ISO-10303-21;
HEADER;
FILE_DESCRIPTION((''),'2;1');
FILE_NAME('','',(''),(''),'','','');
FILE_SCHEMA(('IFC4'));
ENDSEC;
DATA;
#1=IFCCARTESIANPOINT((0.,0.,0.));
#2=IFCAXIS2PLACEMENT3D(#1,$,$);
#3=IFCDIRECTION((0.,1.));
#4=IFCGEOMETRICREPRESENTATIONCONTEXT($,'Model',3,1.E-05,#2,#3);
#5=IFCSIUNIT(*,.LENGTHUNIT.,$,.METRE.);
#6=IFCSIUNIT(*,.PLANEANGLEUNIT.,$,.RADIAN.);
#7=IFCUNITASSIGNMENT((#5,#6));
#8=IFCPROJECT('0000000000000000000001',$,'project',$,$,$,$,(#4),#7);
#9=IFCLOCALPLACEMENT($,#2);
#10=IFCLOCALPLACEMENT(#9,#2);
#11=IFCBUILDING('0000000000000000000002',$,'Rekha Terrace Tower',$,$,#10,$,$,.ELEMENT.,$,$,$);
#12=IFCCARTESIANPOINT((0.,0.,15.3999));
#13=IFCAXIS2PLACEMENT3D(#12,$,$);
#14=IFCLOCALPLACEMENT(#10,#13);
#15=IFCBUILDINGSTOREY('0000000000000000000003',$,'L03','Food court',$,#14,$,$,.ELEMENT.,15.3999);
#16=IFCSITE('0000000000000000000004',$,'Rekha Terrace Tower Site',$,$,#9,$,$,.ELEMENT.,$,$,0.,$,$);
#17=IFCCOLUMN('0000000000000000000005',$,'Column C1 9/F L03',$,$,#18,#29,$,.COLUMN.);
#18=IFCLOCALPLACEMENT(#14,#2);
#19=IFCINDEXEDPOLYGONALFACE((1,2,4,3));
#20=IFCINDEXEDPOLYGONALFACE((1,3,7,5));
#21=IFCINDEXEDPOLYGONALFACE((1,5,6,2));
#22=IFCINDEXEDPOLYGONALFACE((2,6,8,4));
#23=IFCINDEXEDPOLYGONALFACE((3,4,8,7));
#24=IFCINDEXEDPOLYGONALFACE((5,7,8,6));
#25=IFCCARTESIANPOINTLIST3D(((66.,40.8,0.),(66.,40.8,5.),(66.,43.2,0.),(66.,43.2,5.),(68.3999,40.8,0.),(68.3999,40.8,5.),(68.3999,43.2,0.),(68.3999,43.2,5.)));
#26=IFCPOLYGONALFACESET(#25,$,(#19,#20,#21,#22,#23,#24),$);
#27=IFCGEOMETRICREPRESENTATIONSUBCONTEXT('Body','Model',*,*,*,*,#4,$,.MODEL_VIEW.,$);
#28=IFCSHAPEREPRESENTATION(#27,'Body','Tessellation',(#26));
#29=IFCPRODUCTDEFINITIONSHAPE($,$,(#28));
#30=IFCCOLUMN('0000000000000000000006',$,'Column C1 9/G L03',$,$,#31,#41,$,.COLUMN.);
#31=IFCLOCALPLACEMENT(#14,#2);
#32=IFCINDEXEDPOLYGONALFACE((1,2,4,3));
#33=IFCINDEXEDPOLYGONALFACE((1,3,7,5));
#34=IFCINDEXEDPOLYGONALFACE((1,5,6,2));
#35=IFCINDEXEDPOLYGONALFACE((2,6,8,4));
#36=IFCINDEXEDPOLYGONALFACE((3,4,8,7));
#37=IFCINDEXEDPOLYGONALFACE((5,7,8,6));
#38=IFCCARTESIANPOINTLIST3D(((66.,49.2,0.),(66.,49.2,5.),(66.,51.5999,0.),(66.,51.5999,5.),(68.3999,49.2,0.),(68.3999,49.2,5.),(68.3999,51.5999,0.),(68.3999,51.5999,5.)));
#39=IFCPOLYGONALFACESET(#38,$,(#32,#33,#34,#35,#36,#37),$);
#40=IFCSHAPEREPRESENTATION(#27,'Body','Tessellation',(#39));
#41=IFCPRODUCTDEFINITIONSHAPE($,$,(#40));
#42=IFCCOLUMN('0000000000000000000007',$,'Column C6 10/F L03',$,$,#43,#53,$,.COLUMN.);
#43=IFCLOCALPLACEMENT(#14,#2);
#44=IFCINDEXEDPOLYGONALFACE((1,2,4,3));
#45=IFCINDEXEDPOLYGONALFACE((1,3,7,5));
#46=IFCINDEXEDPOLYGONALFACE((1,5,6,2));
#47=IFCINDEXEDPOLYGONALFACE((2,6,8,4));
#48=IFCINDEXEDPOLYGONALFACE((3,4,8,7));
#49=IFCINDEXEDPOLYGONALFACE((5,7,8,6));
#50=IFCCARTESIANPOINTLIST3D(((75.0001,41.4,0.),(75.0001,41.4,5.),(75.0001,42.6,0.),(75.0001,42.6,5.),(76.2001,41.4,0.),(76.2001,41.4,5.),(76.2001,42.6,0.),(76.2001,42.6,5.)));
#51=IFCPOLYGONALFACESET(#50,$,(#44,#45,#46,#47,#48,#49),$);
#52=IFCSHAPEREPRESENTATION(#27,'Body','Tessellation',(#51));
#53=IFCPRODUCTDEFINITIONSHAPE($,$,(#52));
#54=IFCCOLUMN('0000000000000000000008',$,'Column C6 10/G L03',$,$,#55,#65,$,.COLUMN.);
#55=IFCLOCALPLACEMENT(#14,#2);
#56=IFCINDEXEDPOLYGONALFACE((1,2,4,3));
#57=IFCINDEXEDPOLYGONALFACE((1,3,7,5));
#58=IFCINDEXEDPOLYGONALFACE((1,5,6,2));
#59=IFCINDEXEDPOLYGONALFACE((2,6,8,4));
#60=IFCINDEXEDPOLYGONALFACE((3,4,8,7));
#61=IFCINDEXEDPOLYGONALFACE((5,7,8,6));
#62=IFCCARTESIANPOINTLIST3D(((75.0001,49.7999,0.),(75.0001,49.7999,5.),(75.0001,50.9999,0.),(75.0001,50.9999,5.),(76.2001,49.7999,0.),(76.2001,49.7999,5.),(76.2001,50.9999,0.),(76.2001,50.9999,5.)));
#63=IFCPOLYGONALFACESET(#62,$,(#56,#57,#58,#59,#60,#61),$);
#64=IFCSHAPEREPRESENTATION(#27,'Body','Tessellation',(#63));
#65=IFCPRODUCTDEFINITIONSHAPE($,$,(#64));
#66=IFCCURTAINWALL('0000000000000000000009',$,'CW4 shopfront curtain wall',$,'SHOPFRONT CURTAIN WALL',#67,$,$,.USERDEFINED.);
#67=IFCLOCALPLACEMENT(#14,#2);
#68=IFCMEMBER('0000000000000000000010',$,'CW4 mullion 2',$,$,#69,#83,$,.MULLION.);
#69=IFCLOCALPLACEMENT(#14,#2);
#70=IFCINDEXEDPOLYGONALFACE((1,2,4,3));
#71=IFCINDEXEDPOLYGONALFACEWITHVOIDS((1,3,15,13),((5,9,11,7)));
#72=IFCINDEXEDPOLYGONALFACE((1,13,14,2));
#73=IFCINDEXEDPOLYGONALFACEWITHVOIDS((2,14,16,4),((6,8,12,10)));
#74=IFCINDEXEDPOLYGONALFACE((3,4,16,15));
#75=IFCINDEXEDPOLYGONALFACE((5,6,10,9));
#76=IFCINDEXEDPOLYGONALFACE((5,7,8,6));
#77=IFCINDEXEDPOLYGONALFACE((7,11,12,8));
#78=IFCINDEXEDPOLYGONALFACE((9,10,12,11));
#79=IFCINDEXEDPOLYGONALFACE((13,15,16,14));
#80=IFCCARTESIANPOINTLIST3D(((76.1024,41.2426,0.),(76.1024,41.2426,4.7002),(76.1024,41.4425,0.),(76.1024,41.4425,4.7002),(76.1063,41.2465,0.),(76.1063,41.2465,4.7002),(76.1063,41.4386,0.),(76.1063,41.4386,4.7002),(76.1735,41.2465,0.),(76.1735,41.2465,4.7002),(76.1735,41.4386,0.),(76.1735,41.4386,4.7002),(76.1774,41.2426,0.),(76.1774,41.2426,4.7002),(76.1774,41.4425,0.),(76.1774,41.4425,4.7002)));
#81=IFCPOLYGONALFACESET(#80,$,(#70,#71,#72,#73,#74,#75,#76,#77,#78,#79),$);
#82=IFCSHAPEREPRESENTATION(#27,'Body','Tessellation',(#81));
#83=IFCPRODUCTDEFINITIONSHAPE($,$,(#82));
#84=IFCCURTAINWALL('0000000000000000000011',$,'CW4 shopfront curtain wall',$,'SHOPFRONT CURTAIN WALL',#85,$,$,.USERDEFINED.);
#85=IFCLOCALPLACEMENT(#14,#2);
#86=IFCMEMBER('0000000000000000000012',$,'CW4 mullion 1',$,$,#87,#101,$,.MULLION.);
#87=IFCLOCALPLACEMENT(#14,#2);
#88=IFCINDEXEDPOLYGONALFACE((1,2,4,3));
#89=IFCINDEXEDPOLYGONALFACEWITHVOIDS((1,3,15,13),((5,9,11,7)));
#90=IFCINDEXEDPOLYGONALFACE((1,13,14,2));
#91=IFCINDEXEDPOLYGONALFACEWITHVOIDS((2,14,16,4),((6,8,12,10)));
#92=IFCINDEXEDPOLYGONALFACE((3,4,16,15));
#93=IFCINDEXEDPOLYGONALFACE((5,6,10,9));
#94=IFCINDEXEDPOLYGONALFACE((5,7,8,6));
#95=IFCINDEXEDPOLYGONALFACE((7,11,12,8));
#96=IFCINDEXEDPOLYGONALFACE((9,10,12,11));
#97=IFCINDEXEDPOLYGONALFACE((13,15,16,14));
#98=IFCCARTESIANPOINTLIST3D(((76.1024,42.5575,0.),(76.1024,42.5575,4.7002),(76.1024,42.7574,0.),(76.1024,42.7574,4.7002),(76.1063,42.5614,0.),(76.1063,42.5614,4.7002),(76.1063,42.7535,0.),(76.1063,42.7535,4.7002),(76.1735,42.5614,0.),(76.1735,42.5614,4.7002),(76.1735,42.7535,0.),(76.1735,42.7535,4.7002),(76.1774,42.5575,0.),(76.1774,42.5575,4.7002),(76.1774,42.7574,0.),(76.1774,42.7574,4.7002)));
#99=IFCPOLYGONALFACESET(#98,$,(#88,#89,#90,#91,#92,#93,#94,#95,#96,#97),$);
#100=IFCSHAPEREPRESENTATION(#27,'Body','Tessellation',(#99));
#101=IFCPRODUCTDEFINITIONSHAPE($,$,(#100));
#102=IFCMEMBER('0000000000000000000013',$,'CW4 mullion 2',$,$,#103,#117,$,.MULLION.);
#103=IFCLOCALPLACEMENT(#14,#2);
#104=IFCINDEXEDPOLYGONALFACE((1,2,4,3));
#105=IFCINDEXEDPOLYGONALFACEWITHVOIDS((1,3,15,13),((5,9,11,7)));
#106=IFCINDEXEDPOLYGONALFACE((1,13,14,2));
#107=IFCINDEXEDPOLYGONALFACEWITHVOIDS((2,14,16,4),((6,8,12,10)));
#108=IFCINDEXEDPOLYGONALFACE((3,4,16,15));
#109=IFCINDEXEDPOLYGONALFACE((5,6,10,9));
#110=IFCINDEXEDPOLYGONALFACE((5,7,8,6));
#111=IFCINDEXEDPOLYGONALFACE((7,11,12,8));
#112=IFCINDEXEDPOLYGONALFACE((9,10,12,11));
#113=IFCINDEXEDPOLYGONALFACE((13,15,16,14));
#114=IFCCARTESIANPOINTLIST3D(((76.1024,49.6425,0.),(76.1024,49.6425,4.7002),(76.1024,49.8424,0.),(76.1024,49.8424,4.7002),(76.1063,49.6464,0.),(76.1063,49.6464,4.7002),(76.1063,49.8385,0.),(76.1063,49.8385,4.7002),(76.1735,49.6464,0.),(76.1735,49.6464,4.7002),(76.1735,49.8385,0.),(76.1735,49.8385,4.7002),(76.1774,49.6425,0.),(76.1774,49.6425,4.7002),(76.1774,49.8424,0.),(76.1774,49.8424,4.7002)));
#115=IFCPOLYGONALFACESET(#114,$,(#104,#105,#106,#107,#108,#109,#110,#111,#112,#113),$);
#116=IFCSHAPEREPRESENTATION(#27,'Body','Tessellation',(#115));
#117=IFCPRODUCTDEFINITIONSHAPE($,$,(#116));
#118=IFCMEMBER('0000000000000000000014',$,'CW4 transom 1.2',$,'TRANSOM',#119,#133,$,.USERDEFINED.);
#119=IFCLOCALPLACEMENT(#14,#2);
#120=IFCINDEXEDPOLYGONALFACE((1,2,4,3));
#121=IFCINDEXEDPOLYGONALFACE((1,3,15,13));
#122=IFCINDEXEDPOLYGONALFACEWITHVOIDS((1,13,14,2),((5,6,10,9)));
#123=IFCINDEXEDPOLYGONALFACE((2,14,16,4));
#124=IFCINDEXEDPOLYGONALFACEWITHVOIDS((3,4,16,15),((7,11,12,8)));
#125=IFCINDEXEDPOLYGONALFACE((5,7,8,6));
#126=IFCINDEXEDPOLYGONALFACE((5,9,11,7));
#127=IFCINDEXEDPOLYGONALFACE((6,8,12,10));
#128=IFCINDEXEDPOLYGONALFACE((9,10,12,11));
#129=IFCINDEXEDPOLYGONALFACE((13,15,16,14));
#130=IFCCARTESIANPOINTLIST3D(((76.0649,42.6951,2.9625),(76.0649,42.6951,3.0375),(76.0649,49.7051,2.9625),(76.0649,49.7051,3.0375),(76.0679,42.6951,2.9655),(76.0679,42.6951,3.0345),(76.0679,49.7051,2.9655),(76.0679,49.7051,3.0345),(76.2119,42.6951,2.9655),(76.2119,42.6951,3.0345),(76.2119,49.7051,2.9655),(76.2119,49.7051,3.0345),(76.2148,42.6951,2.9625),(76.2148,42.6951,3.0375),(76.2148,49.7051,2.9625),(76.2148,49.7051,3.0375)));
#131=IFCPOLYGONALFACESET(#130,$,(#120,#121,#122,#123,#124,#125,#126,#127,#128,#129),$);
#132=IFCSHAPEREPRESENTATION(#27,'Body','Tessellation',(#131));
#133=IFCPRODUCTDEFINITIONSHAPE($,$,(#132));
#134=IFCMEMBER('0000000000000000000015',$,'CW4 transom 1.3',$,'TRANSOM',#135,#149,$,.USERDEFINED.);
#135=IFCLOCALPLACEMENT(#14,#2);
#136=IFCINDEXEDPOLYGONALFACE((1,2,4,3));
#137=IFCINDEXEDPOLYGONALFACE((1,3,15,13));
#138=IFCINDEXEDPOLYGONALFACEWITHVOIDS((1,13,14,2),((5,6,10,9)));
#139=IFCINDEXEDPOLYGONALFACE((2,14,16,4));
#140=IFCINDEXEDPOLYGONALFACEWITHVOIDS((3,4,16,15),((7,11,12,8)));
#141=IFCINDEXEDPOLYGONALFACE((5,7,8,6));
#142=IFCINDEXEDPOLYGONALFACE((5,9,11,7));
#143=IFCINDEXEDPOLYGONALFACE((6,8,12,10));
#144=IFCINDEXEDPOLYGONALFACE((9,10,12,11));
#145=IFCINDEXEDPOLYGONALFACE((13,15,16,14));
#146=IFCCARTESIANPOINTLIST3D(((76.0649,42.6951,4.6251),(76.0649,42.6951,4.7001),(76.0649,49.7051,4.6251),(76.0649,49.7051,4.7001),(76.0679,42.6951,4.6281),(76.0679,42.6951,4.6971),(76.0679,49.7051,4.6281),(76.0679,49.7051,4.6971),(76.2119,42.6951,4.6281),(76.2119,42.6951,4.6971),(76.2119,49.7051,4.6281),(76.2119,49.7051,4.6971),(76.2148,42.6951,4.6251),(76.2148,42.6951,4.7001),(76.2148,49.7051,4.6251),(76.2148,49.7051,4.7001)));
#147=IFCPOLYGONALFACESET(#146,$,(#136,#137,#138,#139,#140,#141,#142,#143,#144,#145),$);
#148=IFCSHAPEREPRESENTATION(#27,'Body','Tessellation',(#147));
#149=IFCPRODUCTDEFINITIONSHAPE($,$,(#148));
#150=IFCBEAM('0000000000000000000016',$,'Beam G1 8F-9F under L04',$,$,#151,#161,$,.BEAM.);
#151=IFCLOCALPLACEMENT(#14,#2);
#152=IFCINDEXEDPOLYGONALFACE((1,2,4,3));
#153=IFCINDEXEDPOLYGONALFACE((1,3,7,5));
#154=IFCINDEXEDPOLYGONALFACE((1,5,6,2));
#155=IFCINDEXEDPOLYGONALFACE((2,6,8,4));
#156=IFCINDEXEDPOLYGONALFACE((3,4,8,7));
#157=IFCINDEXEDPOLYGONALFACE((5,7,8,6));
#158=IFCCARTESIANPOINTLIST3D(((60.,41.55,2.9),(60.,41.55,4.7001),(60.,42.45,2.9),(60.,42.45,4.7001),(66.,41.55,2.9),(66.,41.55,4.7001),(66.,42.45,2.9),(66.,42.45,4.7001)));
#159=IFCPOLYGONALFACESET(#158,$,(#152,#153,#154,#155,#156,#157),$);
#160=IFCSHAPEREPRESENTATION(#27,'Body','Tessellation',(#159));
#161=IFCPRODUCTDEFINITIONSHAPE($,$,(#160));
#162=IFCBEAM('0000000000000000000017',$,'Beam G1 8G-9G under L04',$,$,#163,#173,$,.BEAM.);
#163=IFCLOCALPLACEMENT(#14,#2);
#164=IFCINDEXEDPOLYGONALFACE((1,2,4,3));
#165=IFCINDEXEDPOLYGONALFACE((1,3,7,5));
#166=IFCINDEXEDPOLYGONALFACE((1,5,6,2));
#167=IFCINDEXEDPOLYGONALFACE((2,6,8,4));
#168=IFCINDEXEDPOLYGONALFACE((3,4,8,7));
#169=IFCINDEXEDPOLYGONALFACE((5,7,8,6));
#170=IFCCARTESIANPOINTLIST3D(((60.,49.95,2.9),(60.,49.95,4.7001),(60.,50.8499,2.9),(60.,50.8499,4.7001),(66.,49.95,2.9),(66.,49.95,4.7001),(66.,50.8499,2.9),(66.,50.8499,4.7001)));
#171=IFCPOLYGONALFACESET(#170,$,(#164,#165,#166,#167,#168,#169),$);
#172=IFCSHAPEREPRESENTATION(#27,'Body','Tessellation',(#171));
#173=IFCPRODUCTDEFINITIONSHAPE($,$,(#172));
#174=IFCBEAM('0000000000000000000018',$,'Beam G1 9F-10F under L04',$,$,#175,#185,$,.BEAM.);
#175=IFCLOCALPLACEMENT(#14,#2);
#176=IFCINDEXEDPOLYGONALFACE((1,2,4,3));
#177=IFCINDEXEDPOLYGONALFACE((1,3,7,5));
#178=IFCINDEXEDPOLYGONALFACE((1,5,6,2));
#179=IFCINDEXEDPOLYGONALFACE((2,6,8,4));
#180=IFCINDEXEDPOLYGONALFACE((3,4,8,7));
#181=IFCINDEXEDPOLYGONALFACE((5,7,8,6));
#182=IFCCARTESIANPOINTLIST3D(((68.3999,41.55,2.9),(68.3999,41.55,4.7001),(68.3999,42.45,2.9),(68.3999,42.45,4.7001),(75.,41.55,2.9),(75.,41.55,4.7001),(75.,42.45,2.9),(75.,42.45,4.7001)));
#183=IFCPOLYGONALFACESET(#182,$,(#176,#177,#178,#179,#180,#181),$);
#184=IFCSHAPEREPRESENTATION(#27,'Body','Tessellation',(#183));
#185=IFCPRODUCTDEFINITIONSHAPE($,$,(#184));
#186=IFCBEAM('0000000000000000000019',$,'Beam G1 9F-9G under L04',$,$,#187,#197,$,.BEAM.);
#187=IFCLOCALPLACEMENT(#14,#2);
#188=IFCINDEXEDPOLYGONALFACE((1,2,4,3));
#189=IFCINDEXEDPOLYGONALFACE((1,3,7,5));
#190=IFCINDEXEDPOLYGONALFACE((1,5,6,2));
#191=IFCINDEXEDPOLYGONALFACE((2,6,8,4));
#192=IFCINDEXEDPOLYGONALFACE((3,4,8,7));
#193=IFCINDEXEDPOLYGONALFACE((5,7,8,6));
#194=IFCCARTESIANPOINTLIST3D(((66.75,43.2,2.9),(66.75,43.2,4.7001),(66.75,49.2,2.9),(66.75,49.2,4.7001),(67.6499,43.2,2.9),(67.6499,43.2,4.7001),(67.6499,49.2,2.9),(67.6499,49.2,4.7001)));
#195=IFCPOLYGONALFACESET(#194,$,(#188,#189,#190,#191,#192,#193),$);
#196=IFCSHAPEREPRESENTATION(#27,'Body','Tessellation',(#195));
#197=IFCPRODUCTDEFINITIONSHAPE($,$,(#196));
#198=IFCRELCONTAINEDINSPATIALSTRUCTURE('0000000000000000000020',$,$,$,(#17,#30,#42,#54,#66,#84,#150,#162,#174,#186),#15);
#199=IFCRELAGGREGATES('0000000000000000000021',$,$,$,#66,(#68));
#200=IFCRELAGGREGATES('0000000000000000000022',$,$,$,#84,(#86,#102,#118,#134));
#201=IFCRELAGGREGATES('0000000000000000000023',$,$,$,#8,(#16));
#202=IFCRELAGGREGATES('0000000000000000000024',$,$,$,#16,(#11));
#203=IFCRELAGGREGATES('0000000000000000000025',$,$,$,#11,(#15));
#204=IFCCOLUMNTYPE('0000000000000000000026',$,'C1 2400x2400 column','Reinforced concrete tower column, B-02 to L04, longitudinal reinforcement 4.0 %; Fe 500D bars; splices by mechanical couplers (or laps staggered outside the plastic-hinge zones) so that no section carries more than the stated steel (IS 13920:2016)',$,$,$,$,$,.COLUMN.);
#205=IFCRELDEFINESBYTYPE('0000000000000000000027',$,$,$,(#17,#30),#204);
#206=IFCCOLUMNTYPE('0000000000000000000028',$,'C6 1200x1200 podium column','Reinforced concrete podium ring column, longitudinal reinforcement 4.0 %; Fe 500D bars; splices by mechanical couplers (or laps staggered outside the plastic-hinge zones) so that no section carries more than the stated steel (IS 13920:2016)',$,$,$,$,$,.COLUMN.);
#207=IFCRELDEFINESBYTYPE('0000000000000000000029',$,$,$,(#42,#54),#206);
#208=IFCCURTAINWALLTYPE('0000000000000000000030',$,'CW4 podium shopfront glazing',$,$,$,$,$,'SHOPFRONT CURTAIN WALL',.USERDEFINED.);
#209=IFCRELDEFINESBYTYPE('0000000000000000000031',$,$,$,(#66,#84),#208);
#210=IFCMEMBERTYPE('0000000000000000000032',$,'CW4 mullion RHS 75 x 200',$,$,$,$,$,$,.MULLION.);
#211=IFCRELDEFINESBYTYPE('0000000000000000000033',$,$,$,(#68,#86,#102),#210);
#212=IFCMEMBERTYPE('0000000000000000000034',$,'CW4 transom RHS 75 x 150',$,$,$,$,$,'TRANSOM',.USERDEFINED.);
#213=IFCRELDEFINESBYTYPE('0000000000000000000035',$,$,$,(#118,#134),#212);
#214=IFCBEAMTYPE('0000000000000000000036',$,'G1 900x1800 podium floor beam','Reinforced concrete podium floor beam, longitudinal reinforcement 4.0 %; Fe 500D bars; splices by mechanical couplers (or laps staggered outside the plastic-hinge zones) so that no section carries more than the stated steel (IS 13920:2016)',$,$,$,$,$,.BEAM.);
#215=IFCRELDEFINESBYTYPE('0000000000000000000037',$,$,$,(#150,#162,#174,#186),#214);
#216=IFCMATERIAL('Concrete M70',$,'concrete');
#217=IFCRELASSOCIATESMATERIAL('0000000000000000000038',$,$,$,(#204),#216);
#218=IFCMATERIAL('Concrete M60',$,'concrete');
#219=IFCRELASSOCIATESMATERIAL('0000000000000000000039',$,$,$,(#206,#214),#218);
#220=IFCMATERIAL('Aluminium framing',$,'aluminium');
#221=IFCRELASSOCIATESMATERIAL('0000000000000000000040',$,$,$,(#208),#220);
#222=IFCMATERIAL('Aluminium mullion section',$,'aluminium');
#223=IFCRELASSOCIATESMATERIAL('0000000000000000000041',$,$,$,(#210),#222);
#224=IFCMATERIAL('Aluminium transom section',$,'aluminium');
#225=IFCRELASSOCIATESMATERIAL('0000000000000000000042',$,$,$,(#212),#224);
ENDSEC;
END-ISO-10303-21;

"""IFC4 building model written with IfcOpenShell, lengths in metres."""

from ifc_helpers import new_model, si_unit, direction, frame, origin, origin_2d, place, context, subcontext, project, spatial, rectangle, hollow_rectangle, extrude, material, material_profile, profile_set, type_object, element, aggregate, save


model = new_model("IFC4")

# Units and contexts
model_context = context("Model", 3, precision=1e-05, world=origin(), true_north=direction((0.0, 1.0)))
body_context = subcontext(model_context, "Body", "Model", "MODEL_VIEW")
ifc_project = project(units=[si_unit("LENGTHUNIT", "METRE"), si_unit("PLANEANGLEUNIT", "RADIAN")], contexts=[model_context])

# Site, building, storey
site_placement = place(None, origin())
site = spatial("IfcSite", under=ifc_project, at=site_placement, Name="Rekha Terrace Tower Site", CompositionType="ELEMENT", RefElevation=0.0)
building_placement = place(site_placement, origin())
building = spatial("IfcBuilding", under=site, at=building_placement, Name="Rekha Terrace Tower", CompositionType="ELEMENT")
storey_placement = place(building_placement, frame((0.0, 0.0, 15.3999)))
storey = spatial("IfcBuildingStorey", under=building, at=storey_placement, Name="L03", Description="Food court", CompositionType="ELEMENT", Elevation=15.3999)

# Columns
ifc_material_1 = material(Name="Concrete M70", Category="concrete")
ifc_material_profile_1 = material_profile(ifc_material_1, rectangle(XDim=2.3999, YDim=2.3999, at=origin_2d()), Name="RC 2400x2400")
ifc_profile_set_1 = profile_set([ifc_material_profile_1], Name="Concrete M70")
column_type_1 = type_object("IfcColumnType", Name="C1 2400x2400 column", Description="Reinforced concrete tower column, B-02 to L04, longitudinal reinforcement 4.0 %; Fe 500D bars; splices by mechanical couplers (or laps staggered outside the plastic-hinge zones) so that no section carries more than the stated steel (IS 13920:2016)", PredefinedType="COLUMN", material=ifc_profile_set_1)
for number, where, z_axis, x_axis, name in (
    (1, (67.2, 42.0, 0.0), (0.0, 0.0, 1.0), (1.0, 0.0, 0.0), "Column C1 9/F L03"),
    (2, (67.2, 50.3999, 0.0), (0.0, 0.0, 1.0), (1.0, 0.0, 0.0), "Column C1 9/G L03"),
):
    element("IfcColumn", number, at=place(storey_placement, frame(where, z_axis=z_axis, x_axis=x_axis)), inside=storey, type_object=column_type_1, Name=name, PredefinedType="COLUMN", context=body_context, shape_type="SweptSolid", body=[
        extrude(rectangle(XDim=2.3999, YDim=2.3999, at=origin_2d()), origin(), (0.0, 0.0, 1.0), 5.0),
    ])
ifc_material_2 = material(Name="Concrete M60", Category="concrete")
ifc_material_profile_2 = material_profile(ifc_material_2, rectangle(XDim=1.2, YDim=1.2, at=origin_2d()), Name="RC 1200x1200")
ifc_profile_set_2 = profile_set([ifc_material_profile_2], Name="Concrete M60")
column_type_2 = type_object("IfcColumnType", Name="C6 1200x1200 podium column", Description="Reinforced concrete podium ring column, longitudinal reinforcement 4.0 %; Fe 500D bars; splices by mechanical couplers (or laps staggered outside the plastic-hinge zones) so that no section carries more than the stated steel (IS 13920:2016)", PredefinedType="COLUMN", material=ifc_profile_set_2)
for number, where, z_axis, x_axis, name in (
    (3, (75.6001, 42.0, 0.0), (0.0, 0.0, 1.0), (1.0, 0.0, 0.0), "Column C6 10/F L03"),
    (4, (75.6001, 50.3999, 0.0), (0.0, 0.0, 1.0), (1.0, 0.0, 0.0), "Column C6 10/G L03"),
):
    element("IfcColumn", number, at=place(storey_placement, frame(where, z_axis=z_axis, x_axis=x_axis)), inside=storey, type_object=column_type_2, Name=name, PredefinedType="COLUMN", context=body_context, shape_type="SweptSolid", body=[
        extrude(rectangle(XDim=1.2, YDim=1.2, at=origin_2d()), origin(), (0.0, 0.0, 1.0), 5.0),
    ])

# Curtain wall, member
ifc_material_3 = material(Name="Aluminium framing", Category="aluminium")
curtain_wall_type = type_object("IfcCurtainWallType", Name="CW4 podium shopfront glazing", ElementType="SHOPFRONT CURTAIN WALL", PredefinedType="USERDEFINED", material=ifc_material_3)
curtain_wall_1_placement = place(storey_placement, origin())
curtain_wall_1 = element("IfcCurtainWall", 5, at=curtain_wall_1_placement, inside=storey, type_object=curtain_wall_type, Name="CW4 shopfront curtain wall", ObjectType="SHOPFRONT CURTAIN WALL", PredefinedType="USERDEFINED")
ifc_material_4 = material(Name="Aluminium mullion section", Category="aluminium")
ifc_material_profile_3 = material_profile(ifc_material_4, hollow_rectangle(XDim=0.075, YDim=0.2, WallThickness=0.0039, at=origin_2d()), Name="AL RHS 75x200")
ifc_profile_set_3 = profile_set([ifc_material_profile_3], Name="Aluminium mullion section")
member_type_1 = type_object("IfcMemberType", Name="CW4 mullion RHS 75 x 200", PredefinedType="MULLION", material=ifc_profile_set_3)
member_1_placement = place(storey_placement, frame((76.1399, 41.3425, 0.0), z_axis=(0.0, 0.0, 1.0), x_axis=(-1.0, 0.0, 0.0)))
member_1 = element("IfcMember", 6, at=member_1_placement, type_object=member_type_1, Name="CW4 mullion 2", PredefinedType="MULLION", context=body_context, shape_type="SweptSolid", body=[
    extrude(hollow_rectangle(XDim=0.075, YDim=0.2, WallThickness=0.0039, at=origin_2d()), origin(), (0.0, 0.0, 1.0), 4.7002),
])
aggregate(curtain_wall_1, [member_1])

# Curtain wall, members
curtain_wall_2_placement = place(storey_placement, origin())
curtain_wall_2 = element("IfcCurtainWall", 7, at=curtain_wall_2_placement, inside=storey, type_object=curtain_wall_type, Name="CW4 shopfront curtain wall", ObjectType="SHOPFRONT CURTAIN WALL", PredefinedType="USERDEFINED")
member_2_placement = place(storey_placement, frame((76.1399, 42.6575, 0.0), z_axis=(0.0, 0.0, 1.0), x_axis=(-1.0, 0.0, 0.0)))
member_2 = element("IfcMember", 8, at=member_2_placement, type_object=member_type_1, Name="CW4 mullion 1", PredefinedType="MULLION", context=body_context, shape_type="SweptSolid", body=[
    extrude(hollow_rectangle(XDim=0.075, YDim=0.2, WallThickness=0.0039, at=origin_2d()), origin(), (0.0, 0.0, 1.0), 4.7002),
])
member_3_placement = place(storey_placement, frame((76.1399, 49.7424, 0.0), z_axis=(0.0, 0.0, 1.0), x_axis=(-1.0, 0.0, 0.0)))
member_3 = element("IfcMember", 9, at=member_3_placement, type_object=member_type_1, Name="CW4 mullion 2", PredefinedType="MULLION", context=body_context, shape_type="SweptSolid", body=[
    extrude(hollow_rectangle(XDim=0.075, YDim=0.2, WallThickness=0.0039, at=origin_2d()), origin(), (0.0, 0.0, 1.0), 4.7002),
])
ifc_material_5 = material(Name="Aluminium transom section", Category="aluminium")
ifc_material_profile_4 = material_profile(ifc_material_5, hollow_rectangle(XDim=0.1499, YDim=0.075, WallThickness=0.0029, at=origin_2d()), Name="AL RHS 150x75")
ifc_profile_set_4 = profile_set([ifc_material_profile_4], Name="Aluminium transom section")
member_type_2 = type_object("IfcMemberType", Name="CW4 transom RHS 75 x 150", ElementType="TRANSOM", PredefinedType="USERDEFINED", material=ifc_profile_set_4)
member_4_placement = place(storey_placement, frame((76.1399, 42.6951, 3.0), z_axis=(0.0, 1.0, 0.0), x_axis=(-1.0, 0.0, 0.0)))
member_4 = element("IfcMember", 10, at=member_4_placement, type_object=member_type_2, Name="CW4 transom 1.2", ObjectType="TRANSOM", PredefinedType="USERDEFINED", context=body_context, shape_type="SweptSolid", body=[
    extrude(hollow_rectangle(XDim=0.1499, YDim=0.075, WallThickness=0.0029, at=origin_2d()), origin(), (0.0, 0.0, 1.0), 7.01),
])
member_5_placement = place(storey_placement, frame((76.1399, 42.6951, 4.6626), z_axis=(0.0, 1.0, 0.0), x_axis=(-1.0, 0.0, 0.0)))
member_5 = element("IfcMember", 11, at=member_5_placement, type_object=member_type_2, Name="CW4 transom 1.3", ObjectType="TRANSOM", PredefinedType="USERDEFINED", context=body_context, shape_type="SweptSolid", body=[
    extrude(hollow_rectangle(XDim=0.1499, YDim=0.075, WallThickness=0.0029, at=origin_2d()), origin(), (0.0, 0.0, 1.0), 7.01),
])

# Beams
ifc_material_profile_5 = material_profile(ifc_material_2, rectangle(XDim=0.8999, YDim=1.8, at=origin_2d()), Name="RC 900x1800")
ifc_profile_set_5 = profile_set([ifc_material_profile_5], Name="Concrete M60")
beam_type = type_object("IfcBeamType", Name="G1 900x1800 podium floor beam", Description="Reinforced concrete podium floor beam, longitudinal reinforcement 4.0 %; Fe 500D bars; splices by mechanical couplers (or laps staggered outside the plastic-hinge zones) so that no section carries more than the stated steel (IS 13920:2016)", PredefinedType="BEAM", material=ifc_profile_set_5)
for number, where, z_axis, x_axis, name in (
    (12, (60.0, 42.0, 3.8), (1.0, 0.0, 0.0), (0.0, 1.0, 0.0), "Beam G1 8F-9F under L04"),
    (13, (60.0, 50.3999, 3.8), (1.0, 0.0, 0.0), (0.0, 1.0, 0.0), "Beam G1 8G-9G under L04"),
):
    element("IfcBeam", number, at=place(storey_placement, frame(where, z_axis=z_axis, x_axis=x_axis)), inside=storey, type_object=beam_type, Name=name, PredefinedType="BEAM", context=body_context, shape_type="SweptSolid", body=[
        extrude(rectangle(XDim=0.8999, YDim=1.8, at=origin_2d()), origin(), (0.0, 0.0, 1.0), 6.0),
    ])
beam_1_placement = place(storey_placement, frame((68.3999, 42.0, 3.8), z_axis=(1.0, 0.0, 0.0), x_axis=(0.0, 1.0, 0.0)))
element("IfcBeam", 14, at=beam_1_placement, inside=storey, type_object=beam_type, Name="Beam G1 9F-10F under L04", PredefinedType="BEAM", context=body_context, shape_type="SweptSolid", body=[
    extrude(rectangle(XDim=0.8999, YDim=1.8, at=origin_2d()), origin(), (0.0, 0.0, 1.0), 6.6001),
])
beam_2_placement = place(storey_placement, frame((67.2, 43.2, 3.8), z_axis=(0.0, 1.0, 0.0), x_axis=(-1.0, 0.0, 0.0)))
element("IfcBeam", 15, at=beam_2_placement, inside=storey, type_object=beam_type, Name="Beam G1 9F-9G under L04", PredefinedType="BEAM", context=body_context, shape_type="SweptSolid", body=[
    extrude(rectangle(XDim=0.8999, YDim=1.8, at=origin_2d()), origin(), (0.0, 0.0, 1.0), 6.0),
])

aggregate(curtain_wall_2, [member_2, member_3, member_4, member_5])

save(model, "model.ifc")
